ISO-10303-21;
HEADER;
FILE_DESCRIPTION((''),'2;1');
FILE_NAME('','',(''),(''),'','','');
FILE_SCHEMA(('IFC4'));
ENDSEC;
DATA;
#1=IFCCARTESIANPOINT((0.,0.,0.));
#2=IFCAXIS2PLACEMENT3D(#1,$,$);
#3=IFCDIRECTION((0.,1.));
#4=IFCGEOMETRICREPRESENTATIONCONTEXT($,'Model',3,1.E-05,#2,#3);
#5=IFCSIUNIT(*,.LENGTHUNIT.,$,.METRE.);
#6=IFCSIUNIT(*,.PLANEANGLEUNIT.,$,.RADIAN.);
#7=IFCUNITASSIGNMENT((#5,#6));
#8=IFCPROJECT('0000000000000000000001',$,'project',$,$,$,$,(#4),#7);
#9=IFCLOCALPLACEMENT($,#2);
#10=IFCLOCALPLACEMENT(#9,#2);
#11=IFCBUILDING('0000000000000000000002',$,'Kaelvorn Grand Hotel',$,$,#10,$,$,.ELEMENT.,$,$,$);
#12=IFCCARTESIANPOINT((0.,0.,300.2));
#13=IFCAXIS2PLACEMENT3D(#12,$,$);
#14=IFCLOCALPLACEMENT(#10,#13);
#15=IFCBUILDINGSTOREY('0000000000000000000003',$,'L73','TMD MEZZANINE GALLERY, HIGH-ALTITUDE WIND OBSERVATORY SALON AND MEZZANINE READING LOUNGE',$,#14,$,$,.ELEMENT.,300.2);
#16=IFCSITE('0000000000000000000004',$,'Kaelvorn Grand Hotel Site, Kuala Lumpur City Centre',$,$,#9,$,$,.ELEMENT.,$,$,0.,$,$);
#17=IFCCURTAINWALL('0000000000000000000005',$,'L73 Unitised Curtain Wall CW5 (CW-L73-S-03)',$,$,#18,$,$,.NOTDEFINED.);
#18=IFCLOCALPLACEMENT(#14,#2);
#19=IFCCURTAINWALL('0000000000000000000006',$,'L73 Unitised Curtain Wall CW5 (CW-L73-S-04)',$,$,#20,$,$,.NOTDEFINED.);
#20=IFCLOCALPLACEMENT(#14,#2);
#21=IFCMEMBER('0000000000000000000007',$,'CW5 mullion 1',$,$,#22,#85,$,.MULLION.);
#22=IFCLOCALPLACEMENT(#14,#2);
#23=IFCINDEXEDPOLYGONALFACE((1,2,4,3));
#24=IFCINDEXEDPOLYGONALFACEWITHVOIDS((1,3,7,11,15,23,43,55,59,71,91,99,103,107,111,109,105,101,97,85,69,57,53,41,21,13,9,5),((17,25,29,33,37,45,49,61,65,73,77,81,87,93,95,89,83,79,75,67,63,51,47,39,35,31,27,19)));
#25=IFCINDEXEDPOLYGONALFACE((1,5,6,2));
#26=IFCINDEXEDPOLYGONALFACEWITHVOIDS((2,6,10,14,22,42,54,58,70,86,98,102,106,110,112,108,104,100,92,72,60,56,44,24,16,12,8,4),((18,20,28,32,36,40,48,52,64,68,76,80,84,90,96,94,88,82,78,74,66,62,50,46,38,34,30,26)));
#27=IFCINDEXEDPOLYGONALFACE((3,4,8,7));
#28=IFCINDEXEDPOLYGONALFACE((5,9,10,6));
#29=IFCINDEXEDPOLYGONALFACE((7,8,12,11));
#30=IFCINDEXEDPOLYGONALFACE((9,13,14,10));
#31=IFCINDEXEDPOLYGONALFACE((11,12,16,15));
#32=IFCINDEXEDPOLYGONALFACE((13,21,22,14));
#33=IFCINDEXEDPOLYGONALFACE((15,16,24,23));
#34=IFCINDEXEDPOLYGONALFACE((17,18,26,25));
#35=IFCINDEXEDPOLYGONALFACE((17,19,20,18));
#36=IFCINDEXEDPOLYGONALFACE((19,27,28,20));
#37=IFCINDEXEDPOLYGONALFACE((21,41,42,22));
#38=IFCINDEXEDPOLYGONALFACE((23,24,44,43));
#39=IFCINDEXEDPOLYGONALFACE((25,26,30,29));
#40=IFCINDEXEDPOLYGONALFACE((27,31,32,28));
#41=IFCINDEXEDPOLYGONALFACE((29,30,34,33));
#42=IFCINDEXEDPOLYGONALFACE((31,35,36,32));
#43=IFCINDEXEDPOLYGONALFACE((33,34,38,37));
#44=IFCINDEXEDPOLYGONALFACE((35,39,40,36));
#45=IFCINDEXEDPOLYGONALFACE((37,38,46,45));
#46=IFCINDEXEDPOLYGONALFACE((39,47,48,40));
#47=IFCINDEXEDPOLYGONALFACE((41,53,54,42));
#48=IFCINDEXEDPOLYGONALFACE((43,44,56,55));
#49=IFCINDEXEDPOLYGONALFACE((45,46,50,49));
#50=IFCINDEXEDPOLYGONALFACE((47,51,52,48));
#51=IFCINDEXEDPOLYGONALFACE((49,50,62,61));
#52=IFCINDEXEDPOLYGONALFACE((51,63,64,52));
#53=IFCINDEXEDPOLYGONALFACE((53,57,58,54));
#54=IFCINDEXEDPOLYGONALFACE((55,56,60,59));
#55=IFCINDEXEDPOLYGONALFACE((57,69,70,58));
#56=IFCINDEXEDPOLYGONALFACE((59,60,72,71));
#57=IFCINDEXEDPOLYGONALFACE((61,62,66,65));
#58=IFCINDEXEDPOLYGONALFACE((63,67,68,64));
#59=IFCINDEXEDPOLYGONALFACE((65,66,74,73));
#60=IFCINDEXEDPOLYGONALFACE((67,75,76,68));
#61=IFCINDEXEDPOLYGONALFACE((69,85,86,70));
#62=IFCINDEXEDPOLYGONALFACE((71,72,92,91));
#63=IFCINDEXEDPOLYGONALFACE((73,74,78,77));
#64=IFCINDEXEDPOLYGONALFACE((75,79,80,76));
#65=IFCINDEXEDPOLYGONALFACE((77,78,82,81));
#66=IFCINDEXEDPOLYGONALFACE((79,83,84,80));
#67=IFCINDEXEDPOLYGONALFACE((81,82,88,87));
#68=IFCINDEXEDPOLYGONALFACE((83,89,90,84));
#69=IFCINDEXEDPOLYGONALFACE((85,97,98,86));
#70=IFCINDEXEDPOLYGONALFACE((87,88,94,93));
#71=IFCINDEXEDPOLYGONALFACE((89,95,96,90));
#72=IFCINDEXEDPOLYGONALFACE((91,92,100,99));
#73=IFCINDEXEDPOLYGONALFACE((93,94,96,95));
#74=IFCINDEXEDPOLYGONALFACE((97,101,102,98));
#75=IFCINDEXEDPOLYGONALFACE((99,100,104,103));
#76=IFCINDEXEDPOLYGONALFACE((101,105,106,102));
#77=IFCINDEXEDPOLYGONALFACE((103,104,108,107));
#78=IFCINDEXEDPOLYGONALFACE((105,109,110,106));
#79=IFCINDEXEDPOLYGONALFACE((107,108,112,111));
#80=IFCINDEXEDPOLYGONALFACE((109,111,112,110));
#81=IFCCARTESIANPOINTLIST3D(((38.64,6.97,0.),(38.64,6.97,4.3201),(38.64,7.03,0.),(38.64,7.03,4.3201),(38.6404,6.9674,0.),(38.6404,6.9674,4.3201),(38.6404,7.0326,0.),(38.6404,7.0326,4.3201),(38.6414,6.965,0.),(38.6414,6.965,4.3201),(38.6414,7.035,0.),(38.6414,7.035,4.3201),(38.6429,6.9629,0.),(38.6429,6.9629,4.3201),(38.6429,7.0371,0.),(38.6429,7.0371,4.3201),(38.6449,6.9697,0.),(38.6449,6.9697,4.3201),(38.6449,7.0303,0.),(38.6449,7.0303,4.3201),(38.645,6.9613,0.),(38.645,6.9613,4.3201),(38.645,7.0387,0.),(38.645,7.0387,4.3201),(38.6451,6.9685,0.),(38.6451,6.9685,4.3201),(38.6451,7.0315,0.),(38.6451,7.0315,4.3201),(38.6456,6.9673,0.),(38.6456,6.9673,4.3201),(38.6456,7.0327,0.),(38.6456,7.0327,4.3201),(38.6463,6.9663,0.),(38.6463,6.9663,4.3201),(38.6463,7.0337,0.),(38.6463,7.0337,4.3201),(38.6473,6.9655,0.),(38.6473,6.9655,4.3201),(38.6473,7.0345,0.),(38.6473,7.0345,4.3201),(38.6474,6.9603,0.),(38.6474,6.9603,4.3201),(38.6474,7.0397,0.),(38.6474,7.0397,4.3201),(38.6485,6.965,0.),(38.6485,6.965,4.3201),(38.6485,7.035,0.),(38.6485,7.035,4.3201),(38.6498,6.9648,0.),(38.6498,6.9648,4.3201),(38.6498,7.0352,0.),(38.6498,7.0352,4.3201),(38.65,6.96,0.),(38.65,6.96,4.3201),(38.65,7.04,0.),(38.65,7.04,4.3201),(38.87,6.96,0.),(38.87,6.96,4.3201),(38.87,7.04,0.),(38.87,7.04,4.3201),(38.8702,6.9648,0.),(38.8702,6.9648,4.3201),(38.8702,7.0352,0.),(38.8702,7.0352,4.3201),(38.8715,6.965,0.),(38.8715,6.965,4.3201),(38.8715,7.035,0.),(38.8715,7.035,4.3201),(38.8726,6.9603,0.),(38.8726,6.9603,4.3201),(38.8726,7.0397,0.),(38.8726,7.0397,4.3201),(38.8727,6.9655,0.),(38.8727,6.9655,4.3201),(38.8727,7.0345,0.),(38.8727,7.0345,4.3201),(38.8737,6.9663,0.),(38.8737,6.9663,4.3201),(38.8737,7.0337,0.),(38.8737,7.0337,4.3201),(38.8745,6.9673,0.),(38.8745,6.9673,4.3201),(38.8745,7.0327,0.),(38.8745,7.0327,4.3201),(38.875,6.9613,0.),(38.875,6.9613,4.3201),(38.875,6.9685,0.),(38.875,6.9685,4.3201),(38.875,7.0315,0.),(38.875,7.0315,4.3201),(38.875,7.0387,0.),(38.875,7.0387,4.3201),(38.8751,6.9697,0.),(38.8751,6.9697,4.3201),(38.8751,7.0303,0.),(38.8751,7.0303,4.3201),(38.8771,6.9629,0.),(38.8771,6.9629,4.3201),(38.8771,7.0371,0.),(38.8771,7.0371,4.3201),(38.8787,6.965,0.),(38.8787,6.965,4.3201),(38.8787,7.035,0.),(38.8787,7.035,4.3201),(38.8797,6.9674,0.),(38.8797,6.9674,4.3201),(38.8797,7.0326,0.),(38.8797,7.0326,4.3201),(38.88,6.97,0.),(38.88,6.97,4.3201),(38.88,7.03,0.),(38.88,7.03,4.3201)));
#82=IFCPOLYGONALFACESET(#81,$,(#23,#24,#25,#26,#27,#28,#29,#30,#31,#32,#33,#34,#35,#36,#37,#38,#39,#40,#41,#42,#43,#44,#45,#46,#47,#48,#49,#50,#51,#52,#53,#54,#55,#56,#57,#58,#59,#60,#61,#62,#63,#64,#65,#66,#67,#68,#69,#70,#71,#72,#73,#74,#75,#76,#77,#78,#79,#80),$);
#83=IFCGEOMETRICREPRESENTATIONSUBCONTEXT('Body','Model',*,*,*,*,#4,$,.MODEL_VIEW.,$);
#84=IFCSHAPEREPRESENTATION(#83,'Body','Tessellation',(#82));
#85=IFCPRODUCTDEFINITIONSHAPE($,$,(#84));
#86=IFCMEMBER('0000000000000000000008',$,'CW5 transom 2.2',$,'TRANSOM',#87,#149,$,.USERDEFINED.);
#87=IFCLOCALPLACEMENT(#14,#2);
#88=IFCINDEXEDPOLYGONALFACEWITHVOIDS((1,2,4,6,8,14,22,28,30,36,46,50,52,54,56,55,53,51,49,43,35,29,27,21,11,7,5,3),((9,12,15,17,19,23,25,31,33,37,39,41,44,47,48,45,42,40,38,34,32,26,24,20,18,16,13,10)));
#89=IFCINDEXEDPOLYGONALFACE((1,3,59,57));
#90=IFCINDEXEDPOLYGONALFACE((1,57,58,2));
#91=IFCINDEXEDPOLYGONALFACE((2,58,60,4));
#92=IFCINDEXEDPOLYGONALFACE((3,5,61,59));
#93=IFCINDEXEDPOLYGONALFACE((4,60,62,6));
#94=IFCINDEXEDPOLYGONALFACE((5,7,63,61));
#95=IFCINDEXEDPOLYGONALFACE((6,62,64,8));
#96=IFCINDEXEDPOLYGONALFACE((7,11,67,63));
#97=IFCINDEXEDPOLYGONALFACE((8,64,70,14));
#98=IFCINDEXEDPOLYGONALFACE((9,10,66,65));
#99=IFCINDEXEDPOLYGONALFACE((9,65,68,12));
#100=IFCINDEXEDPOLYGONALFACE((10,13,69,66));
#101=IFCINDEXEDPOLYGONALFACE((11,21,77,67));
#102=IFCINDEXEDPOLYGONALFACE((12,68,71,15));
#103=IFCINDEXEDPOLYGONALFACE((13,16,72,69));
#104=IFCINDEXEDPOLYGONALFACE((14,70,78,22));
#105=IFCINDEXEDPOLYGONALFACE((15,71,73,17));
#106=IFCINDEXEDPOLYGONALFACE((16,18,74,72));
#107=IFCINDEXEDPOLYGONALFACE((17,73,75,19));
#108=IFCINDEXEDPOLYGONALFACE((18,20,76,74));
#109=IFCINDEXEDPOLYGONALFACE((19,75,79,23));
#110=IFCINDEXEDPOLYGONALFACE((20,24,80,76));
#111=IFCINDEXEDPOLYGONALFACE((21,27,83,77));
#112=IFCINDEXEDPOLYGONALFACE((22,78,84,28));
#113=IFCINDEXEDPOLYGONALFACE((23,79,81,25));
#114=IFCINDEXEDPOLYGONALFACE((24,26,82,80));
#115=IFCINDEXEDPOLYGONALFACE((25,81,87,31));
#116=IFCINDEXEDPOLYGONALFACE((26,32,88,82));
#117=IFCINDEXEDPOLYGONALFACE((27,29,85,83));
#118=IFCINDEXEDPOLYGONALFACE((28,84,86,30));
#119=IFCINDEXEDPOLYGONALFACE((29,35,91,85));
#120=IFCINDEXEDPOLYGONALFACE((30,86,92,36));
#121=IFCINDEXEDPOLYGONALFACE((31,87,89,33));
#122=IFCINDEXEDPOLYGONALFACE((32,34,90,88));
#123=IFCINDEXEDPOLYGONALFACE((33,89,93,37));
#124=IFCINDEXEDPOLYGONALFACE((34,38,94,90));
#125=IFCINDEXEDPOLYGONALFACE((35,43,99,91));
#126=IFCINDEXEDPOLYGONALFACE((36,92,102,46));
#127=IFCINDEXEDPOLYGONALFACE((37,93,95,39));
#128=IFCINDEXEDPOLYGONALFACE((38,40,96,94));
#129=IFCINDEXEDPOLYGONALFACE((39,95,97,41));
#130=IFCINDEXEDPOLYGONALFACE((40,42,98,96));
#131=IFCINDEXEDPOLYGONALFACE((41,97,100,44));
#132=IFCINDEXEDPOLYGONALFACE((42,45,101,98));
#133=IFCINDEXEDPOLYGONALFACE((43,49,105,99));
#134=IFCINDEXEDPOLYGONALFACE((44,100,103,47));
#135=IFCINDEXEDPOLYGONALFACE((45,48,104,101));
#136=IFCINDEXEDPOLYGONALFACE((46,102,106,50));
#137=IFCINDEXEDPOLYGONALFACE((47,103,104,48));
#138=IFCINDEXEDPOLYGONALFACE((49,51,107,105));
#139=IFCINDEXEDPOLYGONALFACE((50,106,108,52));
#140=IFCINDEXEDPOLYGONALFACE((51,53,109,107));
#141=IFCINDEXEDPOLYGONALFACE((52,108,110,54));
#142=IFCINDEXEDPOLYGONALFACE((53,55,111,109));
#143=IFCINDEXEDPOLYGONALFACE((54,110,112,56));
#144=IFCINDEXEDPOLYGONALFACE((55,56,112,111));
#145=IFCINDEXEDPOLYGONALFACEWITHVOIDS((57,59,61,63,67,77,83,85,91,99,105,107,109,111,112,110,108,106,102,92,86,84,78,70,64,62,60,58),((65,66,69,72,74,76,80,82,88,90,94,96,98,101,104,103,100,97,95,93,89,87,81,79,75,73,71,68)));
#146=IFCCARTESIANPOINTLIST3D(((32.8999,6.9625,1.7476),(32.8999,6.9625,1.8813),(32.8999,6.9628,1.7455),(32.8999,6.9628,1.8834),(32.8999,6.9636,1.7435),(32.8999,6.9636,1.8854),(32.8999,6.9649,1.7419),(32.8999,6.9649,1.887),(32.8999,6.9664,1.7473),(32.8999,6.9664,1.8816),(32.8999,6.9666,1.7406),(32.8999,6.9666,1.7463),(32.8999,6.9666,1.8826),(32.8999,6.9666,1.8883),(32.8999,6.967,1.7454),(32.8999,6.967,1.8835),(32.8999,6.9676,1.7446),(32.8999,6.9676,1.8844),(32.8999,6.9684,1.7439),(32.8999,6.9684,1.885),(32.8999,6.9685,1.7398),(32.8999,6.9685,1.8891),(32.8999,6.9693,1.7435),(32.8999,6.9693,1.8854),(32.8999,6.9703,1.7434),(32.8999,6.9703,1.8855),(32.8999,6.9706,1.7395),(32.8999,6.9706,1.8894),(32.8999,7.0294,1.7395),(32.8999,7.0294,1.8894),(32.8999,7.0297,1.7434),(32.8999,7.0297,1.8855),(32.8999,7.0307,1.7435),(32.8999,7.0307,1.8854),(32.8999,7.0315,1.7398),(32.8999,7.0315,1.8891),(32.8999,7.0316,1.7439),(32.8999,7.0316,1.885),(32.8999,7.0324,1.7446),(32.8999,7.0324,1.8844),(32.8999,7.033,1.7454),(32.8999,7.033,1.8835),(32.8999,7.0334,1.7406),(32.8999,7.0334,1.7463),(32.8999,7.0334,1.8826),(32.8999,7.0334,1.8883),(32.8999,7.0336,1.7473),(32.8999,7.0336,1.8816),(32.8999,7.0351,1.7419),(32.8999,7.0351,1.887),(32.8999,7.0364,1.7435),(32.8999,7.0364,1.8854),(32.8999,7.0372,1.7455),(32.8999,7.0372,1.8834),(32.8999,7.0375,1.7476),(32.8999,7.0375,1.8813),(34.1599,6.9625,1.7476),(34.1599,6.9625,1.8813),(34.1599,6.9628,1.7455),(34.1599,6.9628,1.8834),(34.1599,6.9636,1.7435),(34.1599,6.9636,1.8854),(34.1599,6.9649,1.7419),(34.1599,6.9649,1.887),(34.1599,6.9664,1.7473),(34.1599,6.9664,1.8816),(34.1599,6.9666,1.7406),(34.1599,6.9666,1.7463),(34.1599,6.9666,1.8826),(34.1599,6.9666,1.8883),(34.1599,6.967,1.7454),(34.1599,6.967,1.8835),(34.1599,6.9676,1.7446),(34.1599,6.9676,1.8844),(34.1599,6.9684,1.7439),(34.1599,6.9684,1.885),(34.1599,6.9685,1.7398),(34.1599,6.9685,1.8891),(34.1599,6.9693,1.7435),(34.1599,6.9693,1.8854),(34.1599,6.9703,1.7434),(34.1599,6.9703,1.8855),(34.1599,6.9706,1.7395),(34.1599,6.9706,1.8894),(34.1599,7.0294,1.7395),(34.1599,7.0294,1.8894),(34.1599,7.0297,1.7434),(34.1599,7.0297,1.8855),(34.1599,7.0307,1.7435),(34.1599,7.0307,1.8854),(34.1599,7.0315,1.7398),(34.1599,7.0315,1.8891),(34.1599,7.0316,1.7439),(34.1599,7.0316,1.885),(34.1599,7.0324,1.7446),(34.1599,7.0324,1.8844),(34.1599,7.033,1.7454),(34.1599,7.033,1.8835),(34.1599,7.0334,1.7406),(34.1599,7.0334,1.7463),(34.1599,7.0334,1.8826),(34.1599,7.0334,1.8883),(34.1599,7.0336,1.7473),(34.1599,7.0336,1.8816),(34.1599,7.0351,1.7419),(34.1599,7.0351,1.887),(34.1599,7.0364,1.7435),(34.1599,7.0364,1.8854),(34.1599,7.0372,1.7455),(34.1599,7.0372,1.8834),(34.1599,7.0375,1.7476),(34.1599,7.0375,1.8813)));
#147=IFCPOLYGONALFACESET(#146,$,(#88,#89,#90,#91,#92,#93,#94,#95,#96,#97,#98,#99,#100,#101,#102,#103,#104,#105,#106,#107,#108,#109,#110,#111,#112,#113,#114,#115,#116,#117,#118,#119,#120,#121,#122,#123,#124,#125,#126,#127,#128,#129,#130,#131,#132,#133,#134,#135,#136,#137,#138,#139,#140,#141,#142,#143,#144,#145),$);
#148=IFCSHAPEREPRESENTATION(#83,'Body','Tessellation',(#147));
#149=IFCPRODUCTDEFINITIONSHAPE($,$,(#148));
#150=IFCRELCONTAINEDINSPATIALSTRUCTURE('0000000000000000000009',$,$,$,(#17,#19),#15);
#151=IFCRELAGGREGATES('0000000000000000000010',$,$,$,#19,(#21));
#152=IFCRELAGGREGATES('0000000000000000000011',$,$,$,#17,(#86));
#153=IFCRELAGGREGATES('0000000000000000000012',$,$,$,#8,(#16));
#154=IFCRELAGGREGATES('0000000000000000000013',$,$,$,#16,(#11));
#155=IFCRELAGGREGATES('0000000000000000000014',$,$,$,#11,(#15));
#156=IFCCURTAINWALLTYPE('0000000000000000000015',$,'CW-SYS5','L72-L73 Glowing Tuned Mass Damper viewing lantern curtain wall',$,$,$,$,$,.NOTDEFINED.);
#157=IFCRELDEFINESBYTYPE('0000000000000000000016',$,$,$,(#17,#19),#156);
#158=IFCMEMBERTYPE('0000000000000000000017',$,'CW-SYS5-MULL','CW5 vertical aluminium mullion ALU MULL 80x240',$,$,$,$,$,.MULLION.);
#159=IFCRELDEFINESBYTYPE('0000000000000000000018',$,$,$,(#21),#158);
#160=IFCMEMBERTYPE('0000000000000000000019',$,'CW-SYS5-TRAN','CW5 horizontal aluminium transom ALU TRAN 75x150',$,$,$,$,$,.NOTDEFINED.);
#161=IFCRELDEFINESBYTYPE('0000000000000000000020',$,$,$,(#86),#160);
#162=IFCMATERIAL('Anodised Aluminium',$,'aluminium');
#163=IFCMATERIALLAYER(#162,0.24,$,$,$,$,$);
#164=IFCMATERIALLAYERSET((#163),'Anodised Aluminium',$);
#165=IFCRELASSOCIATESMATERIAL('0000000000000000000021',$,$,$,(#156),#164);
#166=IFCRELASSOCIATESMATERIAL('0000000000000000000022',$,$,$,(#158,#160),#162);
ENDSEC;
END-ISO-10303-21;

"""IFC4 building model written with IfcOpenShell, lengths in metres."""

from ifc_helpers import new_model, si_unit, direction, frame, origin, origin_2d, place, context, subcontext, project, spatial, hollow_rectangle, extrude, material, layer, layer_set, material_profile, profile_set, type_object, element, aggregate, save


model = new_model("IFC4")

# Units and contexts
model_context = context("Model", 3, precision=1e-05, world=origin(), true_north=direction((0.0, 1.0)))
body_context = subcontext(model_context, "Body", "Model", "MODEL_VIEW")
ifc_project = project(units=[si_unit("LENGTHUNIT", "METRE"), si_unit("PLANEANGLEUNIT", "RADIAN")], contexts=[model_context])

# Site, building, storey
site_placement = place(None, origin())
site = spatial("IfcSite", under=ifc_project, at=site_placement, Name="Kaelvorn Grand Hotel Site, Kuala Lumpur City Centre", CompositionType="ELEMENT", RefElevation=0.0)
building_placement = place(site_placement, origin())
building = spatial("IfcBuilding", under=site, at=building_placement, Name="Kaelvorn Grand Hotel", CompositionType="ELEMENT")
storey_placement = place(building_placement, frame((0.0, 0.0, 300.2)))
storey = spatial("IfcBuildingStorey", under=building, at=storey_placement, Name="L73", Description="TMD MEZZANINE GALLERY, HIGH-ALTITUDE WIND OBSERVATORY SALON AND MEZZANINE READING LOUNGE", CompositionType="ELEMENT", Elevation=300.2)

# Curtain wall
ifc_material_1 = material(Name="Anodised Aluminium", Category="aluminium")
ifc_layer_1 = layer(ifc_material_1, 0.24)
ifc_layer_set_1 = layer_set([ifc_layer_1], Name="Anodised Aluminium")
curtain_wall_type = type_object("IfcCurtainWallType", Name="CW-SYS5", Description="L72-L73 Glowing Tuned Mass Damper viewing lantern curtain wall", PredefinedType="NOTDEFINED", material=ifc_layer_set_1)
curtain_wall_1_placement = place(storey_placement, origin())
curtain_wall_1 = element("IfcCurtainWall", 1, at=curtain_wall_1_placement, inside=storey, type_object=curtain_wall_type, Name="L73 Unitised Curtain Wall CW5 (CW-L73-S-03)", PredefinedType="NOTDEFINED")
ifc_material_profile_1 = material_profile(ifc_material_1, hollow_rectangle(XDim=0.0801, YDim=0.24, WallThickness=0.0049, InnerFilletRadius=0.0049, OuterFilletRadius=0.01, at=origin_2d()), Name="ALU MULL 80x240")
ifc_profile_set_1 = profile_set([ifc_material_profile_1], Name="Anodised Aluminium")
member_type_1 = type_object("IfcMemberType", Name="CW-SYS5-MULL", Description="CW5 vertical aluminium mullion ALU MULL 80x240", PredefinedType="MULLION", material=ifc_profile_set_1)

# Curtain wall, member
curtain_wall_2_placement = place(storey_placement, origin())
curtain_wall_2 = element("IfcCurtainWall", 2, at=curtain_wall_2_placement, inside=storey, type_object=curtain_wall_type, Name="L73 Unitised Curtain Wall CW5 (CW-L73-S-04)", PredefinedType="NOTDEFINED")
member_1_placement = place(storey_placement, frame((38.76, 7.0, 0.0), z_axis=(0.0, 0.0, 1.0), x_axis=(0.0, 1.0, 0.0)))
member_1 = element("IfcMember", 3, at=member_1_placement, type_object=member_type_1, Name="CW5 mullion 1", PredefinedType="MULLION", context=body_context, shape_type="SweptSolid", body=[
    extrude(hollow_rectangle(XDim=0.0801, YDim=0.24, WallThickness=0.0049, InnerFilletRadius=0.0049, OuterFilletRadius=0.01, at=origin_2d()), origin(), (0.0, 0.0, 1.0), 4.3201),
])

# Member
ifc_material_profile_2 = material_profile(ifc_material_1, hollow_rectangle(XDim=0.075, YDim=0.1499, WallThickness=0.0039, InnerFilletRadius=0.0039, OuterFilletRadius=0.0081, at=origin_2d()), Name="ALU TRAN 75x150")
ifc_profile_set_2 = profile_set([ifc_material_profile_2], Name="Anodised Aluminium")
member_type_2 = type_object("IfcMemberType", Name="CW-SYS5-TRAN", Description="CW5 horizontal aluminium transom ALU TRAN 75x150", PredefinedType="NOTDEFINED", material=ifc_profile_set_2)
member_2_placement = place(storey_placement, frame((32.8999, 7.0, 1.8145), z_axis=(1.0, 0.0, 0.0), x_axis=(0.0, 1.0, 0.0)))
member_2 = element("IfcMember", 4, at=member_2_placement, type_object=member_type_2, Name="CW5 transom 2.2", ObjectType="TRANSOM", PredefinedType="USERDEFINED", context=body_context, shape_type="SweptSolid", body=[
    extrude(hollow_rectangle(XDim=0.075, YDim=0.1499, WallThickness=0.0039, InnerFilletRadius=0.0039, OuterFilletRadius=0.0081, at=origin_2d()), origin(), (0.0, 0.0, 1.0), 1.26),
])
aggregate(curtain_wall_2, [member_1])

aggregate(curtain_wall_1, [member_2])

save(model, "model.ifc")
